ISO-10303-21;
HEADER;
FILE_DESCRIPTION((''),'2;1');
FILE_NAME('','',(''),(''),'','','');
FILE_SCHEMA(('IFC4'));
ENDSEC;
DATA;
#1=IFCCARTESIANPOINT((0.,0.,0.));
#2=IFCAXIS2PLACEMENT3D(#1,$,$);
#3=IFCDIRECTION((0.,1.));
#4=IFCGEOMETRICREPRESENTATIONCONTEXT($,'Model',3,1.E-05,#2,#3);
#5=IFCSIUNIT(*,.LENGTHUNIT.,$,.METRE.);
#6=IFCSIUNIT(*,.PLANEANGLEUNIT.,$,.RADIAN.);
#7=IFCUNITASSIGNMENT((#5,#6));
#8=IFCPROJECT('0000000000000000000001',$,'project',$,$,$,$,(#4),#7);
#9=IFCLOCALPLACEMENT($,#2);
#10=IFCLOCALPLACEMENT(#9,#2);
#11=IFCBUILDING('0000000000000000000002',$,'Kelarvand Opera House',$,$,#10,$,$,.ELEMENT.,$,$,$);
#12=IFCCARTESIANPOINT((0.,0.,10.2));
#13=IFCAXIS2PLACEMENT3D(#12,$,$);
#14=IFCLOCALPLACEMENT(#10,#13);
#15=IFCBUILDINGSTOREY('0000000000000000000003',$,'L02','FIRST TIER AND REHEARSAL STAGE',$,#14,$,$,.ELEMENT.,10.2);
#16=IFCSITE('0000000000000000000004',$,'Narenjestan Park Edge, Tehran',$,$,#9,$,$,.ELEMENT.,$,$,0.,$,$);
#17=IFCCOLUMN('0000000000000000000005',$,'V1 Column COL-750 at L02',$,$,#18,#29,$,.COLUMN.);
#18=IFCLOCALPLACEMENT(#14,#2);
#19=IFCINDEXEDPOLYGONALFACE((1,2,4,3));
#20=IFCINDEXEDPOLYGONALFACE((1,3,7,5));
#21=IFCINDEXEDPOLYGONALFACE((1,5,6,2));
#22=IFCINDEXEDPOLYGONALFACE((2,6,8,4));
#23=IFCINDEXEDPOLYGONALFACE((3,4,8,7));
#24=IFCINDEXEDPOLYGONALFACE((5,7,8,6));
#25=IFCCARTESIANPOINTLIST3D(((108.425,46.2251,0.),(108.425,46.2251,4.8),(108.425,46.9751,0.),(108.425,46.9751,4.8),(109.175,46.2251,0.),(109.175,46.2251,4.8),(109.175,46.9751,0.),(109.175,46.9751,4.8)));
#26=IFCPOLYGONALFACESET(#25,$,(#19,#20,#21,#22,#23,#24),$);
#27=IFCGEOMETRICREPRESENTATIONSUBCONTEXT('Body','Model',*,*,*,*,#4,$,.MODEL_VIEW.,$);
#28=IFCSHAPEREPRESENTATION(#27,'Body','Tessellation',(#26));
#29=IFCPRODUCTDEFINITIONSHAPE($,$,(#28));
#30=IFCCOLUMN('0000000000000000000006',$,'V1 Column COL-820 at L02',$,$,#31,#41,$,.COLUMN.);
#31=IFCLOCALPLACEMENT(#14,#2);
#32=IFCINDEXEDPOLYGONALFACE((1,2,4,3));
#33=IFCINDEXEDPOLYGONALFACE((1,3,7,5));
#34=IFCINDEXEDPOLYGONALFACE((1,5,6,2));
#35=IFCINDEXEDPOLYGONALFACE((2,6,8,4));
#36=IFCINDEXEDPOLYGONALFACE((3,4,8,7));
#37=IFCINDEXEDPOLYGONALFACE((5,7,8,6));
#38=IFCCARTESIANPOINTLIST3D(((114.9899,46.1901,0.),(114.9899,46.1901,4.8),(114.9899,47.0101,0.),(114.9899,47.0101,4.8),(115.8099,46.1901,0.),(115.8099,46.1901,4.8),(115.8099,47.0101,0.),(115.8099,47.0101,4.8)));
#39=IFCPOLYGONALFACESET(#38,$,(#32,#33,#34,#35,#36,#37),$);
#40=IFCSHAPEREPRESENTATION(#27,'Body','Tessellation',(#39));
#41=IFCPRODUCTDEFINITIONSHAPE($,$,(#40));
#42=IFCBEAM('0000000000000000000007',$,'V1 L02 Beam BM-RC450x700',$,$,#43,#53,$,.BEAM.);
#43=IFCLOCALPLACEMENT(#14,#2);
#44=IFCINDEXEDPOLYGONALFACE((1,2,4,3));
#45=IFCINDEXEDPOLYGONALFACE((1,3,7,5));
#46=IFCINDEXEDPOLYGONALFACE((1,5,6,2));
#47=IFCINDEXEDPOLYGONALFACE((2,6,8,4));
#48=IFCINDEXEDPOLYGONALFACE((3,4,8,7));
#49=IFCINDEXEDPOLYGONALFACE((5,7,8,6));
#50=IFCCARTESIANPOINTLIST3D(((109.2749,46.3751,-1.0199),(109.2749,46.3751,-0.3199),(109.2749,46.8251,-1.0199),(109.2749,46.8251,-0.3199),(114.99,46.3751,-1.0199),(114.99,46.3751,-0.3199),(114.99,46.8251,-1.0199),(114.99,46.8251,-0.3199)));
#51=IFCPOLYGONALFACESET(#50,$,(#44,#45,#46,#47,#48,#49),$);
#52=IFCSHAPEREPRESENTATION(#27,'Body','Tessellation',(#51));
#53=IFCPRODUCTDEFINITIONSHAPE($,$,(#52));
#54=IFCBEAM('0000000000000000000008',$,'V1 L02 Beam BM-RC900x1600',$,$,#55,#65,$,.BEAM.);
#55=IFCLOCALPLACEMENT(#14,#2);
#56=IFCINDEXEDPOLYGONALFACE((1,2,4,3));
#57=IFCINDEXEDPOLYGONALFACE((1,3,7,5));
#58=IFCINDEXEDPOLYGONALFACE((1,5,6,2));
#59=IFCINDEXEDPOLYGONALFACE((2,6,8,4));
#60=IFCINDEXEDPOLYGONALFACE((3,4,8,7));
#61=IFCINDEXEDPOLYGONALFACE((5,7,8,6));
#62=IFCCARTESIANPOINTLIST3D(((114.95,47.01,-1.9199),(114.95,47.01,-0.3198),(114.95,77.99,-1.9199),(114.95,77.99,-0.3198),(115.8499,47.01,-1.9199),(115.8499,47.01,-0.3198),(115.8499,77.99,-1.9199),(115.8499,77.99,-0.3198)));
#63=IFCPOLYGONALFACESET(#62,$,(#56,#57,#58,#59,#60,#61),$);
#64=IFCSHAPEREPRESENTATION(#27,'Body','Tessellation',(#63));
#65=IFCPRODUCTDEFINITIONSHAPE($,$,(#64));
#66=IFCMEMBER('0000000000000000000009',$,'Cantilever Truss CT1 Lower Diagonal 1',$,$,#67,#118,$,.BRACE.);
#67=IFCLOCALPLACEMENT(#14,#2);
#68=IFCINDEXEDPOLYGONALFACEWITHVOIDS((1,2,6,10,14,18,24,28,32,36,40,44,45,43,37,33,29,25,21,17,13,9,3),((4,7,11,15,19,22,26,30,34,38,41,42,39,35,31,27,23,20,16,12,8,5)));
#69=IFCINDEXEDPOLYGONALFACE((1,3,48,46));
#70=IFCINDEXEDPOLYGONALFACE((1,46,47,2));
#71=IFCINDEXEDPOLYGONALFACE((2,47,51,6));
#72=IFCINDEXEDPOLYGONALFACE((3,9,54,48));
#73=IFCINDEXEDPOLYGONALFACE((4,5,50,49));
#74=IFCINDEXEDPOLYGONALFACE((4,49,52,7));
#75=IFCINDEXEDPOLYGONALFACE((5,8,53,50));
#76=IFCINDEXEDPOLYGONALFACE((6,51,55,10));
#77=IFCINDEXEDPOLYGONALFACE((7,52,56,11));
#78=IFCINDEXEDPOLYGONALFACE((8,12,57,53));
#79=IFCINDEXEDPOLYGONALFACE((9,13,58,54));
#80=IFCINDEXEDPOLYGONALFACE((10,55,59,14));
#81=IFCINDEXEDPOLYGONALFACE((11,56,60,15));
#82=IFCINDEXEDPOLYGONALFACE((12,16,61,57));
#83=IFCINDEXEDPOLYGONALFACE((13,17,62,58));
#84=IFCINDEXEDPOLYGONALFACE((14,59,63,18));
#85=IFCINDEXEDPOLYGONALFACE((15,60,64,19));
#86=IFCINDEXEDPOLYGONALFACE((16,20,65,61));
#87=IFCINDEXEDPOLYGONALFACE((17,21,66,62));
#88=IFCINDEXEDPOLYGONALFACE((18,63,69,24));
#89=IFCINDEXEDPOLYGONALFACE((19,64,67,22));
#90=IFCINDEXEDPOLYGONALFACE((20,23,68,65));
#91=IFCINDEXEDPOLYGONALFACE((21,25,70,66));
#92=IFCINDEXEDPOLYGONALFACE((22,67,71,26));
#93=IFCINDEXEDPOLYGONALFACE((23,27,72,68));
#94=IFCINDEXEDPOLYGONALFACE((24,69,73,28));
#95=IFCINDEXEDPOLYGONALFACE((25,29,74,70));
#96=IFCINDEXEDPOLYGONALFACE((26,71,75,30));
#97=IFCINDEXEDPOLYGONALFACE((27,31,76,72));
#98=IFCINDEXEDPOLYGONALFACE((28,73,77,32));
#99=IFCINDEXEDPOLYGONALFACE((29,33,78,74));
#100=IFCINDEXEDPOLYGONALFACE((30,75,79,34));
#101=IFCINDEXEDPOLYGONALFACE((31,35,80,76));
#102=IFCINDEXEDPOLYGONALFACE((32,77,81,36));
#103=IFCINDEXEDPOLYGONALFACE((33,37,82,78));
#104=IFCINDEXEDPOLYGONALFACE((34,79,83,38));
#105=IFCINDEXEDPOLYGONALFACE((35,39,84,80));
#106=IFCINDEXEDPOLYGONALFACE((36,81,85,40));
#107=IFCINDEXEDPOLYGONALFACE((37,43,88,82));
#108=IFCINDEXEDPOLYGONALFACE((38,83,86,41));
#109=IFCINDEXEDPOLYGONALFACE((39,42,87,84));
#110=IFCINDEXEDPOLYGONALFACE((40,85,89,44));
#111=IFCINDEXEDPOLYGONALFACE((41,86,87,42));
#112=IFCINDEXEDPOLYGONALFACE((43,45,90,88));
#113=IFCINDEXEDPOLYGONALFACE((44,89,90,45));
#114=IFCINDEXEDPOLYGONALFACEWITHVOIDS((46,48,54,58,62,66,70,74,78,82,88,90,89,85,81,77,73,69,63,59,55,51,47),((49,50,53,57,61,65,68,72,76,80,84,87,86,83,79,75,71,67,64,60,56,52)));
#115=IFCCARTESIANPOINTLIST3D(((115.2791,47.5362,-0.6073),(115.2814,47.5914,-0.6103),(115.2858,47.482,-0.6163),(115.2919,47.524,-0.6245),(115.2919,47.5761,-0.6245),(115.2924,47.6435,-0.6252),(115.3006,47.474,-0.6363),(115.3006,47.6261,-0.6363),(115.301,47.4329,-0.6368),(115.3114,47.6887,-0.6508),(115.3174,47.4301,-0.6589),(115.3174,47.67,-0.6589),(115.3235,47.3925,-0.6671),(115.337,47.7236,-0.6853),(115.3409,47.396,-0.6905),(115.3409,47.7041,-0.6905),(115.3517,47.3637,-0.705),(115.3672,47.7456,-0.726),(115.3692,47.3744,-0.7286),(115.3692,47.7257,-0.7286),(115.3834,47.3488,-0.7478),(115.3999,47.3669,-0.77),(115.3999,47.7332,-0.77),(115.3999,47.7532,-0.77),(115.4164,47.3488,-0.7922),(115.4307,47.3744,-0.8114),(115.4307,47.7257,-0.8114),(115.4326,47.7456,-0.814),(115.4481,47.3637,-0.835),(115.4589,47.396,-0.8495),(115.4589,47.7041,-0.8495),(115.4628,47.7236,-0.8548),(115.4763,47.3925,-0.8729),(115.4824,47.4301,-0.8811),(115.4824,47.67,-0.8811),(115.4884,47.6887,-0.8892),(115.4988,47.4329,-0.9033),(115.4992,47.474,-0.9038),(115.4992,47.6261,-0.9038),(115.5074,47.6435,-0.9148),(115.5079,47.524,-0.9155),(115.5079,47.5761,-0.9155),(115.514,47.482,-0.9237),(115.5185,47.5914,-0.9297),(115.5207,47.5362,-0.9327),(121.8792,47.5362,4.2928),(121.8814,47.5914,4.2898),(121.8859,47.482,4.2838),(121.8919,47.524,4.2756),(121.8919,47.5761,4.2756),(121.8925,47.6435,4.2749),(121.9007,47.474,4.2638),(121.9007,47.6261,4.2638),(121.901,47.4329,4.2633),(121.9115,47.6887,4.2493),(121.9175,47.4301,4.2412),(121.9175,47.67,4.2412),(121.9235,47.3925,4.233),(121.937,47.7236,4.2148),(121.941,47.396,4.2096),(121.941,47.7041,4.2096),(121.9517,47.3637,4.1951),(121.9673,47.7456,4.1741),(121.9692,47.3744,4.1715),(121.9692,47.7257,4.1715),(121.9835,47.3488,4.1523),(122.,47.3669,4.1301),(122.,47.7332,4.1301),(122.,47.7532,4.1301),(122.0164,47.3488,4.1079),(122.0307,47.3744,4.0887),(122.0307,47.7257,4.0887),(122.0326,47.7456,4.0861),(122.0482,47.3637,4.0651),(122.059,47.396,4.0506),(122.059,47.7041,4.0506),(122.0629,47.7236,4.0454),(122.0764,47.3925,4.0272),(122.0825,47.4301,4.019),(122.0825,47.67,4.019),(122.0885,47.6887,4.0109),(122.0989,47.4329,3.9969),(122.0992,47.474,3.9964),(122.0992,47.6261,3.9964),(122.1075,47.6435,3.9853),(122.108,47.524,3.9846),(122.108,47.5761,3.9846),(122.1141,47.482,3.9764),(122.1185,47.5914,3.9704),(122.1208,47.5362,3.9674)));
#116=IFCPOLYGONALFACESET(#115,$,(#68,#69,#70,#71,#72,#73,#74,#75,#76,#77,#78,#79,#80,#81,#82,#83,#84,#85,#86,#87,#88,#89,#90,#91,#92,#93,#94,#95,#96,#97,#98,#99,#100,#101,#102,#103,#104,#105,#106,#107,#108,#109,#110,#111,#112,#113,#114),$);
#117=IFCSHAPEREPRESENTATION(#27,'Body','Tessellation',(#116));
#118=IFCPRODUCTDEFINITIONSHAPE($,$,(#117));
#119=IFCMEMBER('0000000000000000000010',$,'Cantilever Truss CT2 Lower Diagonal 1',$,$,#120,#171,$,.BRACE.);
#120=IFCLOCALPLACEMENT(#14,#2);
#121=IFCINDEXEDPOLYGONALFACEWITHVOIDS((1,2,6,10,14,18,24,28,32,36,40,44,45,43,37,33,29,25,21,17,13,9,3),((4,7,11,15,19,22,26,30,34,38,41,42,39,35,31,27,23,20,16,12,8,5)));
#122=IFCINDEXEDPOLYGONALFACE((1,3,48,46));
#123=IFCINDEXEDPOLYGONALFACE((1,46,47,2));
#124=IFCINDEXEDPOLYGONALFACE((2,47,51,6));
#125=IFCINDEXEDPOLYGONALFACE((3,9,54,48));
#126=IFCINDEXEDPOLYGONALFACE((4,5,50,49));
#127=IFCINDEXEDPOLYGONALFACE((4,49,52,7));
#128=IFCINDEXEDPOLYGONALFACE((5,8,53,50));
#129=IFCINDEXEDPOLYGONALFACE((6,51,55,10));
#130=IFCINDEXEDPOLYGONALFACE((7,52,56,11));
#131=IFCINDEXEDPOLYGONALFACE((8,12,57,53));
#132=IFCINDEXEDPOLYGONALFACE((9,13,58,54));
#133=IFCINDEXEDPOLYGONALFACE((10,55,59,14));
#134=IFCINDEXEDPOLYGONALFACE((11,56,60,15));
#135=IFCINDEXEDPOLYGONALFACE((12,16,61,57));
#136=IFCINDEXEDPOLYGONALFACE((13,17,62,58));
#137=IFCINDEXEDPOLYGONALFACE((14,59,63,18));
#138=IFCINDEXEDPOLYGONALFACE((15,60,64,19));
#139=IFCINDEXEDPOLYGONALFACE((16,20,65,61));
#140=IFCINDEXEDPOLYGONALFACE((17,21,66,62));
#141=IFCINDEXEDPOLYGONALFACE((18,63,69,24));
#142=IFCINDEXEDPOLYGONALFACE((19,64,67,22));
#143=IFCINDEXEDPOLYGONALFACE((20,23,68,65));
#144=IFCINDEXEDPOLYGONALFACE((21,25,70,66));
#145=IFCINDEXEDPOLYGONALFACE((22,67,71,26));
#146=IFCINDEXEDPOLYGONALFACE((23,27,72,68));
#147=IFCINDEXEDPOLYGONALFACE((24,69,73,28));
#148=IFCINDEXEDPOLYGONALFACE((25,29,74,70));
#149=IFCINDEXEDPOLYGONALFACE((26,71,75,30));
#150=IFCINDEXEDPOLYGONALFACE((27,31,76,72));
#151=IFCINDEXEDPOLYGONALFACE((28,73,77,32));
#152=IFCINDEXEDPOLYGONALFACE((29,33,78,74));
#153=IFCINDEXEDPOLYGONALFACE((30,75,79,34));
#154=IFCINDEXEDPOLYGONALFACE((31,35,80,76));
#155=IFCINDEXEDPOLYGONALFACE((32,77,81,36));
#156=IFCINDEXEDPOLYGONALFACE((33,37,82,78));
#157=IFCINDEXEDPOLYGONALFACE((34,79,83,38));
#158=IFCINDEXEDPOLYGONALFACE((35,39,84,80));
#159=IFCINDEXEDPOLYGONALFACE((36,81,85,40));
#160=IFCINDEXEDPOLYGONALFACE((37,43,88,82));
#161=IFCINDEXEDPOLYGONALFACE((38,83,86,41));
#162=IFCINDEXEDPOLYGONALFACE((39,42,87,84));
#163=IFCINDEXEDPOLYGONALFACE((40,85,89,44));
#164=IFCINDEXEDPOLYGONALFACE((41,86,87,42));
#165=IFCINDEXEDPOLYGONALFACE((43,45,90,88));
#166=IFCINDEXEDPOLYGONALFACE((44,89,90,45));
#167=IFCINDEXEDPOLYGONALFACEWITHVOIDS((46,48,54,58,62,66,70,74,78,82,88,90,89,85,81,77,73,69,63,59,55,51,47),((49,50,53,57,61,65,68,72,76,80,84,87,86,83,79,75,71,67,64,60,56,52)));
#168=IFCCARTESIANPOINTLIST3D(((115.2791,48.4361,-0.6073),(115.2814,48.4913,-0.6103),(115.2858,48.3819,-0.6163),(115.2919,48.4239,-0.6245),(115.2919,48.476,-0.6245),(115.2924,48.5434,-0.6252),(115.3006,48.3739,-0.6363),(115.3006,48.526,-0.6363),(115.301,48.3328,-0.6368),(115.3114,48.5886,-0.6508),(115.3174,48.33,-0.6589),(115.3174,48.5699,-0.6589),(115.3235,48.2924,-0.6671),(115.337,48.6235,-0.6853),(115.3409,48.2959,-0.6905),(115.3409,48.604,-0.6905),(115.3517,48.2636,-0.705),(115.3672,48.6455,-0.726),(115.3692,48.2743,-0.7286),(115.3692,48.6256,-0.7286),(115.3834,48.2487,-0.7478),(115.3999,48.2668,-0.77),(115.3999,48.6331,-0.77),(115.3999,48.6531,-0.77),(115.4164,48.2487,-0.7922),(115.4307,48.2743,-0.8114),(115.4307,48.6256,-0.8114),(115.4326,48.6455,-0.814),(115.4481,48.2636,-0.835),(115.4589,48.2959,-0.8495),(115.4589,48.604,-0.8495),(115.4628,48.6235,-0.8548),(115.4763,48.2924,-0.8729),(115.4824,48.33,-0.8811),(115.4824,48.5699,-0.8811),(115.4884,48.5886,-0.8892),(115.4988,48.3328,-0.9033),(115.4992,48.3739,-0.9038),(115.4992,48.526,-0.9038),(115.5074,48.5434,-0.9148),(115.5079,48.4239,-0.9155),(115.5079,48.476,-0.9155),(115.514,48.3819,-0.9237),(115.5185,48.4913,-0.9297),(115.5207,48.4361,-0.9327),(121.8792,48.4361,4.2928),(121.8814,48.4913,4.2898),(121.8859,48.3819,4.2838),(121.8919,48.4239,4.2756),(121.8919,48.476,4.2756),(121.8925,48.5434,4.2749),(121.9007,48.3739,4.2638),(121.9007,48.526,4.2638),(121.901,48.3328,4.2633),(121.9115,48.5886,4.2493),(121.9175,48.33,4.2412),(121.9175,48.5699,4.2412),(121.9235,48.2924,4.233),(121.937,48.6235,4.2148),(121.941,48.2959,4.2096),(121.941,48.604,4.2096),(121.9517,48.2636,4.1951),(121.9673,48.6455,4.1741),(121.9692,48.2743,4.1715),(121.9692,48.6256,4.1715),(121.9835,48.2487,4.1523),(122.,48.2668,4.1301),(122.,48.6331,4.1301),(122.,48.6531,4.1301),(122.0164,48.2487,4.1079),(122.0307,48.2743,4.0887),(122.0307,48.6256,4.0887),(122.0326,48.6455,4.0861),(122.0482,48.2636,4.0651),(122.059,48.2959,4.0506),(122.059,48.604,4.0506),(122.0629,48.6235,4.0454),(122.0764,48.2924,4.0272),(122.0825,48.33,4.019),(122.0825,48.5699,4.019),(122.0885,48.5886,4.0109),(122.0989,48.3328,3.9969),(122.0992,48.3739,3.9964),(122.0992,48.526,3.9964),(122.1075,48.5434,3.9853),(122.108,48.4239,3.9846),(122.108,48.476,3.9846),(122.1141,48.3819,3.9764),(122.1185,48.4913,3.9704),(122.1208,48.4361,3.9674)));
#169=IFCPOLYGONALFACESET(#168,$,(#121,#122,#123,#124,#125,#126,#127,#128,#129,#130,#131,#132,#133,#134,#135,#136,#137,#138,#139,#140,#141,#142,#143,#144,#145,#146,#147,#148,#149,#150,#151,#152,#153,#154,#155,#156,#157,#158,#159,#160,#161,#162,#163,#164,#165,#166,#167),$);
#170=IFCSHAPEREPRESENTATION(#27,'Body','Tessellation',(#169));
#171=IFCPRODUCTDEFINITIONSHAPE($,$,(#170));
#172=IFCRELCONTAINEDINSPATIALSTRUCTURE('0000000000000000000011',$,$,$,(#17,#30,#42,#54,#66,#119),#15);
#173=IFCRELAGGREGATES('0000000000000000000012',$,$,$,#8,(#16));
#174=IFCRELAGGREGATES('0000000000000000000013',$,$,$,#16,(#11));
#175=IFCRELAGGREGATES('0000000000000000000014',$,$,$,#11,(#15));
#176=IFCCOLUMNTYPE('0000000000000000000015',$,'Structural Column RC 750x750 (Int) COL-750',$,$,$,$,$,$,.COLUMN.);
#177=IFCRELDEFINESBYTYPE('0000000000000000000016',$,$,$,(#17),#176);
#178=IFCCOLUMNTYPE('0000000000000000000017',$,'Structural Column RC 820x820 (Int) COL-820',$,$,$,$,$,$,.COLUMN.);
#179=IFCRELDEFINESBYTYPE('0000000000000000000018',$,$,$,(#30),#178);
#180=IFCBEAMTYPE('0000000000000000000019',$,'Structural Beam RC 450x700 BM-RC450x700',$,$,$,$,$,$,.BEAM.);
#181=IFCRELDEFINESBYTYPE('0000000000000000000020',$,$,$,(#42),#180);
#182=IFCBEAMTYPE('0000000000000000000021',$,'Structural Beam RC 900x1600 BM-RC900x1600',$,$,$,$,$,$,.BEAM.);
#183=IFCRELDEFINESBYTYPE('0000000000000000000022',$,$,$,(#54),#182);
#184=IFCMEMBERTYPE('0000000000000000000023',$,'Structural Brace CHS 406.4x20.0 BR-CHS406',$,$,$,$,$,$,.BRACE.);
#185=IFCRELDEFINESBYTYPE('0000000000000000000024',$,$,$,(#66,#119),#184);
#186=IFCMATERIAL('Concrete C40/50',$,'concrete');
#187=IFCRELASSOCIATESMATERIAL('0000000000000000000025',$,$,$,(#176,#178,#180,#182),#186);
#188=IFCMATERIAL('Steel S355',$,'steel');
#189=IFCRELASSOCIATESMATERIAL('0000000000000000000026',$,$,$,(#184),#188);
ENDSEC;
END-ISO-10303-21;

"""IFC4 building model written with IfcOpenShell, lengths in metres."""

from ifc_helpers import new_model, si_unit, direction, frame, origin, origin_2d, place, context, subcontext, project, spatial, rectangle, hollow_circle, extrude, material, material_profile, profile_set, type_object, element, save


model = new_model("IFC4")

# Units and contexts
model_context = context("Model", 3, precision=1e-05, world=origin(), true_north=direction((0.0, 1.0)))
body_context = subcontext(model_context, "Body", "Model", "MODEL_VIEW")
ifc_project = project(units=[si_unit("LENGTHUNIT", "METRE"), si_unit("PLANEANGLEUNIT", "RADIAN")], contexts=[model_context])

# Site, building, storey
site_placement = place(None, origin())
site = spatial("IfcSite", under=ifc_project, at=site_placement, Name="Narenjestan Park Edge, Tehran", CompositionType="ELEMENT", RefElevation=0.0)
building_placement = place(site_placement, origin())
building = spatial("IfcBuilding", under=site, at=building_placement, Name="Kelarvand Opera House", CompositionType="ELEMENT")
storey_placement = place(building_placement, frame((0.0, 0.0, 10.2)))
storey = spatial("IfcBuildingStorey", under=building, at=storey_placement, Name="L02", Description="FIRST TIER AND REHEARSAL STAGE", CompositionType="ELEMENT", Elevation=10.2)

# Columns
ifc_material_1 = material(Name="Concrete C40/50", Category="concrete")
ifc_material_profile_1 = material_profile(ifc_material_1, rectangle(XDim=0.75, YDim=0.75, at=origin_2d()), Name="RC 750x750", Category="concrete")
ifc_profile_set_1 = profile_set([ifc_material_profile_1], Name="Concrete C40/50")
column_type_1 = type_object("IfcColumnType", Name="Structural Column RC 750x750 (Int) COL-750", PredefinedType="COLUMN", material=ifc_profile_set_1)
column_1_placement = place(storey_placement, frame((108.8, 46.6001, 0.0), z_axis=(0.0, 0.0, 1.0), x_axis=(1.0, 0.0, 0.0)))
element("IfcColumn", 1, at=column_1_placement, inside=storey, type_object=column_type_1, Name="V1 Column COL-750 at L02", PredefinedType="COLUMN", context=body_context, shape_type="SweptSolid", body=[
    extrude(rectangle(XDim=0.75, YDim=0.75, at=origin_2d()), origin(), (0.0, 0.0, 1.0), 4.8),
])
ifc_material_profile_2 = material_profile(ifc_material_1, rectangle(XDim=0.8201, YDim=0.8201, at=origin_2d()), Name="RC 820x820", Category="concrete")
ifc_profile_set_2 = profile_set([ifc_material_profile_2], Name="Concrete C40/50")
column_type_2 = type_object("IfcColumnType", Name="Structural Column RC 820x820 (Int) COL-820", PredefinedType="COLUMN", material=ifc_profile_set_2)
column_2_placement = place(storey_placement, frame((115.3999, 46.6001, 0.0), z_axis=(0.0, 0.0, 1.0), x_axis=(1.0, 0.0, 0.0)))
element("IfcColumn", 2, at=column_2_placement, inside=storey, type_object=column_type_2, Name="V1 Column COL-820 at L02", PredefinedType="COLUMN", context=body_context, shape_type="SweptSolid", body=[
    extrude(rectangle(XDim=0.8201, YDim=0.8201, at=origin_2d()), origin(), (0.0, 0.0, 1.0), 4.8),
])

# Beams
ifc_material_profile_3 = material_profile(ifc_material_1, rectangle(XDim=0.45, YDim=0.7, at=origin_2d()), Name="RC 450x700", Category="concrete")
ifc_profile_set_3 = profile_set([ifc_material_profile_3], Name="Concrete C40/50")
beam_type_1 = type_object("IfcBeamType", Name="Structural Beam RC 450x700 BM-RC450x700", PredefinedType="BEAM", material=ifc_profile_set_3)
beam_1_placement = place(storey_placement, frame((109.2749, 46.6001, -0.6699), z_axis=(1.0, 0.0, 0.0), x_axis=(0.0, 1.0, 0.0)))
element("IfcBeam", 3, at=beam_1_placement, inside=storey, type_object=beam_type_1, Name="V1 L02 Beam BM-RC450x700", PredefinedType="BEAM", context=body_context, shape_type="SweptSolid", body=[
    extrude(rectangle(XDim=0.45, YDim=0.7, at=origin_2d()), origin(), (0.0, 0.0, 1.0), 5.7151),
])
ifc_material_profile_4 = material_profile(ifc_material_1, rectangle(XDim=0.8999, YDim=1.6001, at=origin_2d()), Name="RC 900x1600", Category="concrete")
ifc_profile_set_4 = profile_set([ifc_material_profile_4], Name="Concrete C40/50")
beam_type_2 = type_object("IfcBeamType", Name="Structural Beam RC 900x1600 BM-RC900x1600", PredefinedType="BEAM", material=ifc_profile_set_4)
beam_2_placement = place(storey_placement, frame((115.3999, 47.01, -1.1199), z_axis=(0.0, 1.0, 0.0), x_axis=(-1.0, 0.0, 0.0)))
element("IfcBeam", 4, at=beam_2_placement, inside=storey, type_object=beam_type_2, Name="V1 L02 Beam BM-RC900x1600", PredefinedType="BEAM", context=body_context, shape_type="SweptSolid", body=[
    extrude(rectangle(XDim=0.8999, YDim=1.6001, at=origin_2d()), origin(), (0.0, 0.0, 1.0), 30.98),
])

# Members
ifc_material_2 = material(Name="Steel S355", Category="steel")
ifc_material_profile_5 = material_profile(ifc_material_2, hollow_circle(Radius=0.2031, WallThickness=0.02, at=origin_2d()), Name="CHS 406.4x20.0", Category="steel")
ifc_profile_set_5 = profile_set([ifc_material_profile_5], Name="Steel S355")
member_type_1 = type_object("IfcMemberType", Name="Structural Brace CHS 406.4x20.0 BR-CHS406", PredefinedType="BRACE", material=ifc_profile_set_5)
for number, where, z_axis, x_axis, name in (
    (5, (115.3999, 47.55, -0.77), (0.802906, 0.0, 0.596106), (0.0, 1.0, 0.0), "Cantilever Truss CT1 Lower Diagonal 1"),
    (6, (115.3999, 48.45, -0.77), (0.802906, 0.0, 0.596106), (0.0, 1.0, 0.0), "Cantilever Truss CT2 Lower Diagonal 1"),
):
    element("IfcMember", number, at=place(storey_placement, frame(where, z_axis=z_axis, x_axis=x_axis)), inside=storey, type_object=member_type_1, Name=name, PredefinedType="BRACE", context=body_context, shape_type="SweptSolid", body=[
        extrude(hollow_circle(Radius=0.2031, WallThickness=0.02, at=origin_2d()), origin(), (0.0, 0.0, 1.0), 8.2202),
    ])

save(model, "model.ifc")
